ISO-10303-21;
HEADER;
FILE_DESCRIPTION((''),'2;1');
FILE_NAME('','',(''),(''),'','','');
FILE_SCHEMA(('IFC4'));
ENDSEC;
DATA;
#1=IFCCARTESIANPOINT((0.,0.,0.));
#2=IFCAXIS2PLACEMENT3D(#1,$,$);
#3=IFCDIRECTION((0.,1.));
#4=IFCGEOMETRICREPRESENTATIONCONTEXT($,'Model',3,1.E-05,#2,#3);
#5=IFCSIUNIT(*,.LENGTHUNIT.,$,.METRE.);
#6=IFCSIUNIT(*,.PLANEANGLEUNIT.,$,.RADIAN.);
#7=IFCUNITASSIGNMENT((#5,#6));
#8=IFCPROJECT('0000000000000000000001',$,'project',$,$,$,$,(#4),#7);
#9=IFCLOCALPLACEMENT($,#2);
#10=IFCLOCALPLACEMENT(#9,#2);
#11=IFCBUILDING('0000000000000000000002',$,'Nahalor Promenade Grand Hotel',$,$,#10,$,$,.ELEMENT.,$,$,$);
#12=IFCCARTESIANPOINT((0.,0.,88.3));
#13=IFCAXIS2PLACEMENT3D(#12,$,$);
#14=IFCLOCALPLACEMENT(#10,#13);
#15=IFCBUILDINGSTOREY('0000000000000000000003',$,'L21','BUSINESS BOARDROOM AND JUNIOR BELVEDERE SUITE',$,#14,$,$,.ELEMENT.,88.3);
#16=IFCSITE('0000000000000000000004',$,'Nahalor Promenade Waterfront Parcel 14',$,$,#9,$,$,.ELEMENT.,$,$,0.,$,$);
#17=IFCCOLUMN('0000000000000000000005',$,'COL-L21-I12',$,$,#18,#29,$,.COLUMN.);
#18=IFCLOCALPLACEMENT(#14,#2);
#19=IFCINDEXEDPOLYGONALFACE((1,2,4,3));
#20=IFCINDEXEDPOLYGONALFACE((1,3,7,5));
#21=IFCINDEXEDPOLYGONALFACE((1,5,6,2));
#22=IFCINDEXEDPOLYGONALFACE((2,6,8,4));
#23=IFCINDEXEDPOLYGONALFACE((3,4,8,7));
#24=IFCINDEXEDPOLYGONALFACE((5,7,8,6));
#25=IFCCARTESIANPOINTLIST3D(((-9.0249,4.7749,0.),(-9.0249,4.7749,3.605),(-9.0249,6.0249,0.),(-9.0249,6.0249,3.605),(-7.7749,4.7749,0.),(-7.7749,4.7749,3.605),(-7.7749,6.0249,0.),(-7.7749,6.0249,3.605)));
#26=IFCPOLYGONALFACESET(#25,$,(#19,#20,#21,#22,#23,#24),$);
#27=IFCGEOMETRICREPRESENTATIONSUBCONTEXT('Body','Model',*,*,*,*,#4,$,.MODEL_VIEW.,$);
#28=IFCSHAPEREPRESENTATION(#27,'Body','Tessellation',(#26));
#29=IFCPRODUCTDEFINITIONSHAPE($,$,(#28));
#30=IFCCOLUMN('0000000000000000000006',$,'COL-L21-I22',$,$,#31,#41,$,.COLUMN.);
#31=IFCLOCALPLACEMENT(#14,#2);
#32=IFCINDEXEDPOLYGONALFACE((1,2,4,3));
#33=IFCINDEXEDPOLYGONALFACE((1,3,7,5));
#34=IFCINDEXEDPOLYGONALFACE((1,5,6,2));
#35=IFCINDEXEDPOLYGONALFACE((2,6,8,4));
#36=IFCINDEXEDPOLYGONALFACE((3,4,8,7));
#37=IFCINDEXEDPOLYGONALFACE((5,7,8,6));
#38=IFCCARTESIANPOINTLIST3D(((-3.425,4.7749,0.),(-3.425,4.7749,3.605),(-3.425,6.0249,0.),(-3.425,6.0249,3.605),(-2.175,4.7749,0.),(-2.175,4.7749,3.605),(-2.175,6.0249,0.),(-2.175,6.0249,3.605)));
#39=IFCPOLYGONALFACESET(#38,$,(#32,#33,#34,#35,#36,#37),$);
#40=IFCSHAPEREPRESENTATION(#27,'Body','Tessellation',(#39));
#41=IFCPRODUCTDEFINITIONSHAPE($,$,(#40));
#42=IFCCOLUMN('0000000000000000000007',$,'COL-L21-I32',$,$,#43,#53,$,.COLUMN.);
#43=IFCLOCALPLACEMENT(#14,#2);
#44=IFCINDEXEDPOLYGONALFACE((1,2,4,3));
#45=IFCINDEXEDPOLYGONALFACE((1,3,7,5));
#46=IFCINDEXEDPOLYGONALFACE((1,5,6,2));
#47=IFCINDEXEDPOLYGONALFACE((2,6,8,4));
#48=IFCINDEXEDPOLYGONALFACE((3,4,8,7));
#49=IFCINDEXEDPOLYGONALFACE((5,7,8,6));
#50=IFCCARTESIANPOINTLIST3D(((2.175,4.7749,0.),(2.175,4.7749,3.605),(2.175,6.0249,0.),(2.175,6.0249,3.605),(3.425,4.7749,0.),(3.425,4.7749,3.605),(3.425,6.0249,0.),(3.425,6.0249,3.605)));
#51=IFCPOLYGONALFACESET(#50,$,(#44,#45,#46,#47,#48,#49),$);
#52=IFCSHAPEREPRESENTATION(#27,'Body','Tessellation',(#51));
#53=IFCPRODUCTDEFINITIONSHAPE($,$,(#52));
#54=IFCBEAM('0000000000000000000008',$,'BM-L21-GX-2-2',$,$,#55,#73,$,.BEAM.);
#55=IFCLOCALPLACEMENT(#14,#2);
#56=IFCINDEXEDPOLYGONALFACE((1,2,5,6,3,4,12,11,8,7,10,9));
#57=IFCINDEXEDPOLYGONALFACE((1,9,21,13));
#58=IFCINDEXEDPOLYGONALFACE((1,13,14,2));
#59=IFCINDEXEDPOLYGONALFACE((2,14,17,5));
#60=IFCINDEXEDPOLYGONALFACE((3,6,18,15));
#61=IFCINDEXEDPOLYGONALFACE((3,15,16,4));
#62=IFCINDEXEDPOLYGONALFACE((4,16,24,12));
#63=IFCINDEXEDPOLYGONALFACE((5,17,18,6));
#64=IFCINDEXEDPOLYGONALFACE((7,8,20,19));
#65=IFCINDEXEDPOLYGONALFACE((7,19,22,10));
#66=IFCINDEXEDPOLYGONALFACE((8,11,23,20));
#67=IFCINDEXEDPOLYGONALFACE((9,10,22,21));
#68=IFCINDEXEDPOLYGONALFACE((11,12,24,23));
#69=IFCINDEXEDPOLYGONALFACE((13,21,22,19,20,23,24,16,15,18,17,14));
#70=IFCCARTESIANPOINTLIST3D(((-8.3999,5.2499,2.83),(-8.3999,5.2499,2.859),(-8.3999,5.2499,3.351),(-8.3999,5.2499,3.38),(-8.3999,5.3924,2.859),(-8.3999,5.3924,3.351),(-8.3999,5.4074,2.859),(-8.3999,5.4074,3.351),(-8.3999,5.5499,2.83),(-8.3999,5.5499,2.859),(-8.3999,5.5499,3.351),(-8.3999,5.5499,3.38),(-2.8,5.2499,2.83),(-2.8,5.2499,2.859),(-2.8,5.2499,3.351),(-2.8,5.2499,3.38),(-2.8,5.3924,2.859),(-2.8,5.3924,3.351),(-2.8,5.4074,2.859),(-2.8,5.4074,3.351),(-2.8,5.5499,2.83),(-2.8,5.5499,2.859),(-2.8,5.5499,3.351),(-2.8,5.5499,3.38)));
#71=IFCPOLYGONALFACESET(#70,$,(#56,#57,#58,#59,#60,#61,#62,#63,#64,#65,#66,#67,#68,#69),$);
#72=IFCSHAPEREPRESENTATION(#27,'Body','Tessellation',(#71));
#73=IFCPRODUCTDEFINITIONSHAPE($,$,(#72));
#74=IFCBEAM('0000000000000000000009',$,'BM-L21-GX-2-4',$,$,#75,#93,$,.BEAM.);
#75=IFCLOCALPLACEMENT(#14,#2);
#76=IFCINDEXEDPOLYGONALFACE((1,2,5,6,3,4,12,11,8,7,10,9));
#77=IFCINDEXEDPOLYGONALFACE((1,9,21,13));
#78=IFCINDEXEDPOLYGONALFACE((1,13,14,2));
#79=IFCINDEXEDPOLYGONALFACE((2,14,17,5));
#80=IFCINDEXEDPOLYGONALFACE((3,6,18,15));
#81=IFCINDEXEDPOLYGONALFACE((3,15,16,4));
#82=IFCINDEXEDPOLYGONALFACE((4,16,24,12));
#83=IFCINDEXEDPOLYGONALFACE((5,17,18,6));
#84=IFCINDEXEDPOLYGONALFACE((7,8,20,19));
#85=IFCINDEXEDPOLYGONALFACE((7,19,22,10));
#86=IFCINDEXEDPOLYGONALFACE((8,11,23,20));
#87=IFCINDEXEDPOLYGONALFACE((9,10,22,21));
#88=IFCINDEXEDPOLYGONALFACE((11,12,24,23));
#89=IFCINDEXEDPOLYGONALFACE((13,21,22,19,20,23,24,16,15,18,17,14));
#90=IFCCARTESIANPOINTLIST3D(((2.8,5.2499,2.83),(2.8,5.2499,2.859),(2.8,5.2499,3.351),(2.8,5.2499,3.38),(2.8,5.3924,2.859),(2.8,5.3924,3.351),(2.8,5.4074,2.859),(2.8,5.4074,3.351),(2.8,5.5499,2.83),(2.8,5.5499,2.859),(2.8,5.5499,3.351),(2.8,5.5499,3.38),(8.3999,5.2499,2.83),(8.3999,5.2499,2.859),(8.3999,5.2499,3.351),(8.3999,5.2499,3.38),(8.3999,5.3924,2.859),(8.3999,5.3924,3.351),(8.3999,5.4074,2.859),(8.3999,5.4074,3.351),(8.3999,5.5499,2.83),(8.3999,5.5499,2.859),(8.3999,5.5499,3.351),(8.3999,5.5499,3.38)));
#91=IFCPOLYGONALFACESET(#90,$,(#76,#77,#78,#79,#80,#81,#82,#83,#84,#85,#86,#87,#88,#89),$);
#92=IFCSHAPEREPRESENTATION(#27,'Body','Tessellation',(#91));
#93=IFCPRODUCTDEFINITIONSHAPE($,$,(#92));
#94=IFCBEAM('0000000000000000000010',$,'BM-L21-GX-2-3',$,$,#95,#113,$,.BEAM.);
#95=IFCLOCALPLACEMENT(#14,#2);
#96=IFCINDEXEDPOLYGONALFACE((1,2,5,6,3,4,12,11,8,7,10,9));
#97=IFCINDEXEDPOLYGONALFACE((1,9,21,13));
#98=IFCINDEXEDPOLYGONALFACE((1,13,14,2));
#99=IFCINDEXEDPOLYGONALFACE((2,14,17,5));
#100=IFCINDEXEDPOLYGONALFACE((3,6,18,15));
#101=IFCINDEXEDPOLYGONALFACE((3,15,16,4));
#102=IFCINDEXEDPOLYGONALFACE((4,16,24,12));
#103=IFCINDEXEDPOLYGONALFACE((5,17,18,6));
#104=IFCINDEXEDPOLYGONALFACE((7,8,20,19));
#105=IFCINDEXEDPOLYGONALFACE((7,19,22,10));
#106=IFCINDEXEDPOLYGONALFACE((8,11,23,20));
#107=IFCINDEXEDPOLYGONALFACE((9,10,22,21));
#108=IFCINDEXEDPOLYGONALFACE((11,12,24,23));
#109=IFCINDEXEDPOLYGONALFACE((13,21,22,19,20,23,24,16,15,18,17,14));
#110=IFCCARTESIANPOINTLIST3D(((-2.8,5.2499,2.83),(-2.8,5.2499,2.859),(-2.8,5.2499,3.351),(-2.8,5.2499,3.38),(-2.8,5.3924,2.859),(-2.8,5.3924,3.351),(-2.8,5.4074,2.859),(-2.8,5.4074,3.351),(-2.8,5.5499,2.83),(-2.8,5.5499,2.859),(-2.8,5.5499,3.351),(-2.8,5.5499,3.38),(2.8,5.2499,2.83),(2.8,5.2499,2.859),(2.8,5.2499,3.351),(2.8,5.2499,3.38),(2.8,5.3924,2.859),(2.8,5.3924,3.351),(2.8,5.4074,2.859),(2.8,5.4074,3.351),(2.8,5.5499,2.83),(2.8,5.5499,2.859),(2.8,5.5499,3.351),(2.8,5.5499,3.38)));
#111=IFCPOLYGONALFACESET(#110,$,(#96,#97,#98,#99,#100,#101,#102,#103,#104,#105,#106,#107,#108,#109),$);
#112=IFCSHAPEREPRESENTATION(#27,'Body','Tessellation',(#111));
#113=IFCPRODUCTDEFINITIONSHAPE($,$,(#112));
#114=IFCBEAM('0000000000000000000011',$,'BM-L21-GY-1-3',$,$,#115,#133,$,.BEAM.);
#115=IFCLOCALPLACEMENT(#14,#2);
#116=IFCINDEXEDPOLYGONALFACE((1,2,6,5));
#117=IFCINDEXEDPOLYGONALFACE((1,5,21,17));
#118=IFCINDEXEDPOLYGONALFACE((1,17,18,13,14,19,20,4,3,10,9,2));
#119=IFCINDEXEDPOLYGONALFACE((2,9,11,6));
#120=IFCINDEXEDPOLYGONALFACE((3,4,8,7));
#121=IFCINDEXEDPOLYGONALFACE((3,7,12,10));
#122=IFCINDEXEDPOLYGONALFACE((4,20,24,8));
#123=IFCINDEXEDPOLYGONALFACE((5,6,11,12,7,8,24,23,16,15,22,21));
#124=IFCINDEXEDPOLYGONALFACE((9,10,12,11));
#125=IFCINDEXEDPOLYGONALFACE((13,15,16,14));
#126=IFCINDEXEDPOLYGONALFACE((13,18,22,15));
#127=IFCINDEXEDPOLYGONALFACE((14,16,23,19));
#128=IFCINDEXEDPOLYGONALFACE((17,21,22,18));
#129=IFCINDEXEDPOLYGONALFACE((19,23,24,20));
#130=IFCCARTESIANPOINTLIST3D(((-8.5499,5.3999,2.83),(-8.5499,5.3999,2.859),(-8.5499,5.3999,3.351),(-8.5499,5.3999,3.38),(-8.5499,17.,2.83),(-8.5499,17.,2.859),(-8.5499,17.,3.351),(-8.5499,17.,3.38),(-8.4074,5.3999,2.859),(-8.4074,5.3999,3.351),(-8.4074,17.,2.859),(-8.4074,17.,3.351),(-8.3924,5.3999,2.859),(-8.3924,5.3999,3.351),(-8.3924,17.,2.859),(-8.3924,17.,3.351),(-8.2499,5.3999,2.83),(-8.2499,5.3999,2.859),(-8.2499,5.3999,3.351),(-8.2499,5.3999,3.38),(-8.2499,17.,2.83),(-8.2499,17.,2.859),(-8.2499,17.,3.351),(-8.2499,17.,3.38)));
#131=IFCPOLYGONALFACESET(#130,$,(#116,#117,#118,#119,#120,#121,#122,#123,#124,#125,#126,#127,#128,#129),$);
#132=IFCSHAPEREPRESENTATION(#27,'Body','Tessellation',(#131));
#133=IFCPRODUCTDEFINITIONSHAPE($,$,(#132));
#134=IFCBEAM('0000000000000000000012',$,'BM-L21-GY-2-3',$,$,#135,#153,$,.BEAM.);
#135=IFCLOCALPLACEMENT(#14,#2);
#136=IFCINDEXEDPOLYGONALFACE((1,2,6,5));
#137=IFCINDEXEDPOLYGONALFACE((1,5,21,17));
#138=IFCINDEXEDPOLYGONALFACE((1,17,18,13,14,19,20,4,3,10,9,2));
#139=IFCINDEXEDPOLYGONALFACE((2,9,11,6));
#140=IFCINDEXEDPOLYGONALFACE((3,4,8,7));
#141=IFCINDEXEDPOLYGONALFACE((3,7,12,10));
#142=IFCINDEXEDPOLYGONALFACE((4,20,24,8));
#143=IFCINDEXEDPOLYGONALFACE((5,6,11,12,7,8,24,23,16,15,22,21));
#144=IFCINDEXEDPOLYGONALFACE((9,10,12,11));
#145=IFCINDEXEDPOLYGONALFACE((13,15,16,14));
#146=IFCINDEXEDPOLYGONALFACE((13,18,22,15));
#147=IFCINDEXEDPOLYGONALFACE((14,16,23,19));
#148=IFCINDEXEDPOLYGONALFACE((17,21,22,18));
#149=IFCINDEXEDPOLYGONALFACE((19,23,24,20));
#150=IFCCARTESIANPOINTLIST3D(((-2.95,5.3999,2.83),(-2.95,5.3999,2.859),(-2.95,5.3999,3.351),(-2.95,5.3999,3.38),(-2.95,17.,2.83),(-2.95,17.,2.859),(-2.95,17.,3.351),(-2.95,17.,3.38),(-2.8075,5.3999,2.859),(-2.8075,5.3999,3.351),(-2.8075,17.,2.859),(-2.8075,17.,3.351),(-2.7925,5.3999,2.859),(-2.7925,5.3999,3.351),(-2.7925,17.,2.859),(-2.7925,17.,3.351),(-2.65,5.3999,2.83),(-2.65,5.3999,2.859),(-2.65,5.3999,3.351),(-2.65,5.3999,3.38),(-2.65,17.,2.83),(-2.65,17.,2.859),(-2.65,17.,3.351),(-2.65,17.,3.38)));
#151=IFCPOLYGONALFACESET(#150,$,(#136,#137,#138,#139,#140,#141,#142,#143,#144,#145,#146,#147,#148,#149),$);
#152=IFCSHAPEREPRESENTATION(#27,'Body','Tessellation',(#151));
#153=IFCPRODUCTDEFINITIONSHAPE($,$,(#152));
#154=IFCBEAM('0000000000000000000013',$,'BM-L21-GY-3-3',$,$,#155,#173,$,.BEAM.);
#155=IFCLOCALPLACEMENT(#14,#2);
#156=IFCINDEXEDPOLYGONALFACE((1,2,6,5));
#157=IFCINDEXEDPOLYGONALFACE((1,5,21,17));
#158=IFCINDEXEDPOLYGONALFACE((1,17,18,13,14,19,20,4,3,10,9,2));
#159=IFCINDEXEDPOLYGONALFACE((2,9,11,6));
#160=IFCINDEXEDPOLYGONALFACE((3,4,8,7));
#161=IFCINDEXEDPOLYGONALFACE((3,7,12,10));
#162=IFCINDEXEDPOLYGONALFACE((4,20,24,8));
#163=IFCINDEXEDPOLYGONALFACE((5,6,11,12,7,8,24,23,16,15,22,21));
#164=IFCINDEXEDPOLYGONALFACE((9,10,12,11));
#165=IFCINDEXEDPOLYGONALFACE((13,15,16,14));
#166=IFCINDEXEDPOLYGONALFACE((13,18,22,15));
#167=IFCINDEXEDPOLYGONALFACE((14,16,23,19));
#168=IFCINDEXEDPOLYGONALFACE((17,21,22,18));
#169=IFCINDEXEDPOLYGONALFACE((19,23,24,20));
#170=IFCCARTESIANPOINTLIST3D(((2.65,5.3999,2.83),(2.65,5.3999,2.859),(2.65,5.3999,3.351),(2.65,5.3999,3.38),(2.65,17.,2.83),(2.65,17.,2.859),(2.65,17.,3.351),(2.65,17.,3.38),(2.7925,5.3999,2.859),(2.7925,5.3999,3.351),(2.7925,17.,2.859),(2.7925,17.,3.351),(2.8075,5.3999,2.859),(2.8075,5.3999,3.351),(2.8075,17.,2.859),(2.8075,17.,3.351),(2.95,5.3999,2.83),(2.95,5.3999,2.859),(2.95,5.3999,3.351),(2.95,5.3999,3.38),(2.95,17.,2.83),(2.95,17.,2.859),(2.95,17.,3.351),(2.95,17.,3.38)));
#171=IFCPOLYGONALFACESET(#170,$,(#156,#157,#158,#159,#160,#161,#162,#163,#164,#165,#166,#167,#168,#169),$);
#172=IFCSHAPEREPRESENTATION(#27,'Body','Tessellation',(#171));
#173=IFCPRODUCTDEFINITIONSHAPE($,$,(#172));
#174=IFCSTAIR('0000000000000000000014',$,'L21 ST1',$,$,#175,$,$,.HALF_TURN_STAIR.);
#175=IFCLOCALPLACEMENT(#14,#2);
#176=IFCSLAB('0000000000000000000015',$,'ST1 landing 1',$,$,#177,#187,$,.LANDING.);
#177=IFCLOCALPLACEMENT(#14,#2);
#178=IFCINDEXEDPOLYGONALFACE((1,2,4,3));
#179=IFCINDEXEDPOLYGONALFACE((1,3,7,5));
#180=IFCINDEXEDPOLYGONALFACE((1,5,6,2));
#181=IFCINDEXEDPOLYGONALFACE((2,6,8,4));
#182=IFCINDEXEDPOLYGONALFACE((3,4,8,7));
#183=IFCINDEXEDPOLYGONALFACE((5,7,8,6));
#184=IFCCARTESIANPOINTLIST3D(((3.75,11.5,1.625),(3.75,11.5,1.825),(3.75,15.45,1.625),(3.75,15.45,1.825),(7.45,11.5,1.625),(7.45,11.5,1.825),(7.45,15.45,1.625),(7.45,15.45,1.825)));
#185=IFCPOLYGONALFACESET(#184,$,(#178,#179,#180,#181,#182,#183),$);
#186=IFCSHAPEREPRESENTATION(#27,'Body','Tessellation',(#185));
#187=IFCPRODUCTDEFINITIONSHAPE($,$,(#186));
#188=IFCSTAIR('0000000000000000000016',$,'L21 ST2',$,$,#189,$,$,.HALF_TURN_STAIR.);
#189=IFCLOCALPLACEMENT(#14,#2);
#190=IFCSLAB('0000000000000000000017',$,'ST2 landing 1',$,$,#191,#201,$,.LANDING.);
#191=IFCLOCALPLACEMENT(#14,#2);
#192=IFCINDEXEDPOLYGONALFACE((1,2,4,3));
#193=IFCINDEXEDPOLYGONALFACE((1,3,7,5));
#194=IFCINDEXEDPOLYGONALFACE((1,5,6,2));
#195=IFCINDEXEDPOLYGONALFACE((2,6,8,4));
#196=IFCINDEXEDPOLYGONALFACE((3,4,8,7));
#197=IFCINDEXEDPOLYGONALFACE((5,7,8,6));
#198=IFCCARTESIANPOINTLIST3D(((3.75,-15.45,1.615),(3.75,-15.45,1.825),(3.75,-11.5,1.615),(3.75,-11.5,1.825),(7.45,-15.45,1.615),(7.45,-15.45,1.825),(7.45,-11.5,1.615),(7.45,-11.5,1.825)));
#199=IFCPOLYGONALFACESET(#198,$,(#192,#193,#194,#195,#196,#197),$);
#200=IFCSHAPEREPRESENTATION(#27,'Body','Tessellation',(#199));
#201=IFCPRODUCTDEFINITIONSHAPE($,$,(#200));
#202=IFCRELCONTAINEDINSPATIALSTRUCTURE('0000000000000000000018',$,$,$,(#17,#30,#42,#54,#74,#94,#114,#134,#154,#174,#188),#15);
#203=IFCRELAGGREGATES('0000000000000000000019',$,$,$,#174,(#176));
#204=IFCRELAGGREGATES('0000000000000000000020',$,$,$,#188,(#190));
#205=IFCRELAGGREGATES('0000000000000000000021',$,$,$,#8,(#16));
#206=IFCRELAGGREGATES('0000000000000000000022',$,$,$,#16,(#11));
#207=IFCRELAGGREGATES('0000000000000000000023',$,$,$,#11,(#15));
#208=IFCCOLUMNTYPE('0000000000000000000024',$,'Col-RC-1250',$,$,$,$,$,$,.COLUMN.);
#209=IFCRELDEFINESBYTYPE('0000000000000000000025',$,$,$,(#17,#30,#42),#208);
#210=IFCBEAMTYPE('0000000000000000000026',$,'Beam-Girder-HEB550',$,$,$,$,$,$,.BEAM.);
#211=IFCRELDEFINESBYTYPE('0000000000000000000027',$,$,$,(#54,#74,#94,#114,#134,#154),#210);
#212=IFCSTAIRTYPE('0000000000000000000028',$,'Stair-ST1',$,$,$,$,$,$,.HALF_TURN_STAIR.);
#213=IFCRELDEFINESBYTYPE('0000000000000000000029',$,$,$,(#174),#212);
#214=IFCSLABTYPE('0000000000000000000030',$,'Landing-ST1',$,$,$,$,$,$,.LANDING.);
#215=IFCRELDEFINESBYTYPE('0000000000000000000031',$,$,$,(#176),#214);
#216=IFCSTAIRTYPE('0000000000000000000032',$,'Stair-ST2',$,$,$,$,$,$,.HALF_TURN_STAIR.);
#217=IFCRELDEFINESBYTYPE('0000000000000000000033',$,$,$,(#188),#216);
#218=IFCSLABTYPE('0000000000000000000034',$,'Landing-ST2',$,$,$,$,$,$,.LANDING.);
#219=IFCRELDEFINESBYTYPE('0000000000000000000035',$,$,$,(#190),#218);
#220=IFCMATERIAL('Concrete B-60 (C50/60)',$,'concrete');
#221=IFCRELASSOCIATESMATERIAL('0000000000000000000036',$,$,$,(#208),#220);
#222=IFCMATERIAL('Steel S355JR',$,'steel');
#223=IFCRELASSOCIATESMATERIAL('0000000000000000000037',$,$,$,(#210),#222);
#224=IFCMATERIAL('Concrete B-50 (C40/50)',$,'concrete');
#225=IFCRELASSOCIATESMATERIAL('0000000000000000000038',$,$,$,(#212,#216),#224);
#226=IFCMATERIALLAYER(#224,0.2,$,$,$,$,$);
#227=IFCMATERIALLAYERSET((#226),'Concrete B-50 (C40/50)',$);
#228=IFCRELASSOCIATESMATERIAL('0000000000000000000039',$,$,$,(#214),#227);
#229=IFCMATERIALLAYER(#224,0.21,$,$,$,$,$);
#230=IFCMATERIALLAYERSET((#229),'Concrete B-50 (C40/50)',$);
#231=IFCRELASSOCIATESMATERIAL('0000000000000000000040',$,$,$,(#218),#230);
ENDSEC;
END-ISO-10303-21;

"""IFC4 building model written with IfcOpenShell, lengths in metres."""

from ifc_helpers import new_model, si_unit, direction, frame, origin, origin_2d, place, context, subcontext, project, spatial, polyline, rectangle, i_section, outline, extrude, source, transform, mapped, material, layer, layer_set, material_profile, profile_set, type_object, element, aggregate, save


model = new_model("IFC4")

# Units and contexts
model_context = context("Model", 3, precision=1e-05, world=origin(), true_north=direction((0.0, 1.0)))
body_context = subcontext(model_context, "Body", "Model", "MODEL_VIEW")
ifc_project = project(units=[si_unit("LENGTHUNIT", "METRE"), si_unit("PLANEANGLEUNIT", "RADIAN")], contexts=[model_context])

# Site, building, storey
site_placement = place(None, origin())
site = spatial("IfcSite", under=ifc_project, at=site_placement, Name="Nahalor Promenade Waterfront Parcel 14", CompositionType="ELEMENT", RefElevation=0.0)
building_placement = place(site_placement, origin())
building = spatial("IfcBuilding", under=site, at=building_placement, Name="Nahalor Promenade Grand Hotel", CompositionType="ELEMENT")
storey_placement = place(building_placement, frame((0.0, 0.0, 88.3)))
storey = spatial("IfcBuildingStorey", under=building, at=storey_placement, Name="L21", Description="BUSINESS BOARDROOM AND JUNIOR BELVEDERE SUITE", CompositionType="ELEMENT", Elevation=88.3)

# Columns
ifc_material_1 = material(Name="Concrete B-60 (C50/60)", Category="concrete")
ifc_material_profile_1 = material_profile(ifc_material_1, rectangle(XDim=1.25, YDim=1.25, at=origin_2d()), Name="RC 1250x1250")
ifc_profile_set_1 = profile_set([ifc_material_profile_1], Name="Concrete B-60 (C50/60)")
column_type = type_object("IfcColumnType", Name="Col-RC-1250", PredefinedType="COLUMN", material=ifc_profile_set_1)
shared_shape_1 = source(origin(), body_context, "Body", "SweptSolid", [
    extrude(rectangle(XDim=1.25, YDim=1.25, at=origin_2d()), origin(), (0.0, 0.0, 1.0), 3.605),
])
for number, where, z_axis, x_axis, name in (
    (1, (-8.3999, 5.3999, 0.0), (0.0, 0.0, 1.0), (1.0, 0.0, 0.0), "COL-L21-I12"),
    (2, (-2.8, 5.3999, 0.0), (0.0, 0.0, 1.0), (1.0, 0.0, 0.0), "COL-L21-I22"),
    (3, (2.8, 5.3999, 0.0), (0.0, 0.0, 1.0), (1.0, 0.0, 0.0), "COL-L21-I32"),
):
    element("IfcColumn", number, at=place(storey_placement, frame(where, z_axis=z_axis, x_axis=x_axis)), inside=storey, type_object=column_type, Name=name, PredefinedType="COLUMN", context=body_context, shape_type="MappedRepresentation", body=[
        mapped(shared_shape_1, transform((0.0, 0.0, 0.0), scale=1.0)),
    ])

# Beams
ifc_material_2 = material(Name="Steel S355JR", Category="steel")
ifc_material_profile_2 = material_profile(ifc_material_2, i_section(OverallWidth=0.3, OverallDepth=0.55, WebThickness=0.015, FlangeThickness=0.029, at=origin_2d()), Name="HEB 550")
ifc_profile_set_2 = profile_set([ifc_material_profile_2], Name="Steel S355JR")
beam_type = type_object("IfcBeamType", Name="Beam-Girder-HEB550", PredefinedType="BEAM", material=ifc_profile_set_2)
shared_shape_2 = source(origin(), body_context, "Body", "SweptSolid", [
    extrude(i_section(OverallWidth=0.3, OverallDepth=0.55, WebThickness=0.015, FlangeThickness=0.029, at=origin_2d()), origin(), (0.0, 0.0, 1.0), 5.5999),
])
for number, where, z_axis, x_axis, name in (
    (4, (-8.3999, 5.3999, 3.105), (1.0, 0.0, 0.0), (0.0, 1.0, 0.0), "BM-L21-GX-2-2"),
    (5, (2.8, 5.3999, 3.105), (1.0, 0.0, 0.0), (0.0, 1.0, 0.0), "BM-L21-GX-2-4"),
):
    element("IfcBeam", number, at=place(storey_placement, frame(where, z_axis=z_axis, x_axis=x_axis)), inside=storey, type_object=beam_type, Name=name, PredefinedType="BEAM", context=body_context, shape_type="MappedRepresentation", body=[
        mapped(shared_shape_2, transform((0.0, 0.0, 0.0), scale=1.0)),
    ])
shared_shape_3 = source(origin(), body_context, "Body", "SweptSolid", [
    extrude(i_section(OverallWidth=0.3, OverallDepth=0.55, WebThickness=0.015, FlangeThickness=0.029, at=origin_2d()), origin(), (0.0, 0.0, 1.0), 5.6001),
])
beam_placement = place(storey_placement, frame((-2.8, 5.3999, 3.105), z_axis=(1.0, 0.0, 0.0), x_axis=(0.0, 1.0, 0.0)))
element("IfcBeam", 6, at=beam_placement, inside=storey, type_object=beam_type, Name="BM-L21-GX-2-3", PredefinedType="BEAM", context=body_context, shape_type="MappedRepresentation", body=[
    mapped(shared_shape_3, transform((0.0, 0.0, 0.0), scale=1.0)),
])
shared_shape_4 = source(origin(), body_context, "Body", "SweptSolid", [
    extrude(i_section(OverallWidth=0.3, OverallDepth=0.55, WebThickness=0.015, FlangeThickness=0.029, at=origin_2d()), origin(), (0.0, 0.0, 1.0), 11.6001),
])
for number, where, z_axis, x_axis, name in (
    (7, (-8.3999, 5.3999, 3.105), (0.0, 1.0, 0.0), (-1.0, 0.0, 0.0), "BM-L21-GY-1-3"),
    (8, (-2.8, 5.3999, 3.105), (0.0, 1.0, 0.0), (-1.0, 0.0, 0.0), "BM-L21-GY-2-3"),
    (9, (2.8, 5.3999, 3.105), (0.0, 1.0, 0.0), (-1.0, 0.0, 0.0), "BM-L21-GY-3-3"),
):
    element("IfcBeam", number, at=place(storey_placement, frame(where, z_axis=z_axis, x_axis=x_axis)), inside=storey, type_object=beam_type, Name=name, PredefinedType="BEAM", context=body_context, shape_type="MappedRepresentation", body=[
        mapped(shared_shape_4, transform((0.0, 0.0, 0.0), scale=1.0)),
    ])

# Stairs, slabs
ifc_material_3 = material(Name="Concrete B-50 (C40/50)", Category="concrete")
stair_type_1 = type_object("IfcStairType", Name="Stair-ST1", PredefinedType="HALF_TURN_STAIR", material=ifc_material_3)
stair_1_placement = place(storey_placement, origin())
stair_1 = element("IfcStair", 10, at=stair_1_placement, inside=storey, type_object=stair_type_1, Name="L21 ST1", PredefinedType="HALF_TURN_STAIR")
ifc_layer_1 = layer(ifc_material_3, 0.2)
ifc_layer_set_1 = layer_set([ifc_layer_1], Name="Concrete B-50 (C40/50)")
slab_type_1 = type_object("IfcSlabType", Name="Landing-ST1", PredefinedType="LANDING", material=ifc_layer_set_1)
slab_1_placement = place(storey_placement, frame((0.0, 0.0, 1.625)))
slab_1 = element("IfcSlab", 11, at=slab_1_placement, type_object=slab_type_1, Name="ST1 landing 1", PredefinedType="LANDING", context=body_context, shape_type="SweptSolid", body=[
    extrude(outline(polyline([(7.45, 11.5), (7.45, 15.45), (3.75, 15.45), (3.75, 11.5), (7.45, 11.5)])), origin(), (0.0, 0.0, 1.0), 0.2),
])
aggregate(stair_1, [slab_1])
stair_type_2 = type_object("IfcStairType", Name="Stair-ST2", PredefinedType="HALF_TURN_STAIR", material=ifc_material_3)
stair_2_placement = place(storey_placement, origin())
stair_2 = element("IfcStair", 12, at=stair_2_placement, inside=storey, type_object=stair_type_2, Name="L21 ST2", PredefinedType="HALF_TURN_STAIR")
ifc_layer_2 = layer(ifc_material_3, 0.21)
ifc_layer_set_2 = layer_set([ifc_layer_2], Name="Concrete B-50 (C40/50)")
slab_type_2 = type_object("IfcSlabType", Name="Landing-ST2", PredefinedType="LANDING", material=ifc_layer_set_2)
slab_2_placement = place(storey_placement, frame((0.0, 0.0, 1.615)))
slab_2 = element("IfcSlab", 13, at=slab_2_placement, type_object=slab_type_2, Name="ST2 landing 1", PredefinedType="LANDING", context=body_context, shape_type="SweptSolid", body=[
    extrude(outline(polyline([(3.75, -11.5), (3.75, -15.45), (7.45, -15.45), (7.45, -11.5), (3.75, -11.5)])), origin(), (0.0, 0.0, 1.0), 0.21),
])
aggregate(stair_2, [slab_2])

save(model, "model.ifc")
